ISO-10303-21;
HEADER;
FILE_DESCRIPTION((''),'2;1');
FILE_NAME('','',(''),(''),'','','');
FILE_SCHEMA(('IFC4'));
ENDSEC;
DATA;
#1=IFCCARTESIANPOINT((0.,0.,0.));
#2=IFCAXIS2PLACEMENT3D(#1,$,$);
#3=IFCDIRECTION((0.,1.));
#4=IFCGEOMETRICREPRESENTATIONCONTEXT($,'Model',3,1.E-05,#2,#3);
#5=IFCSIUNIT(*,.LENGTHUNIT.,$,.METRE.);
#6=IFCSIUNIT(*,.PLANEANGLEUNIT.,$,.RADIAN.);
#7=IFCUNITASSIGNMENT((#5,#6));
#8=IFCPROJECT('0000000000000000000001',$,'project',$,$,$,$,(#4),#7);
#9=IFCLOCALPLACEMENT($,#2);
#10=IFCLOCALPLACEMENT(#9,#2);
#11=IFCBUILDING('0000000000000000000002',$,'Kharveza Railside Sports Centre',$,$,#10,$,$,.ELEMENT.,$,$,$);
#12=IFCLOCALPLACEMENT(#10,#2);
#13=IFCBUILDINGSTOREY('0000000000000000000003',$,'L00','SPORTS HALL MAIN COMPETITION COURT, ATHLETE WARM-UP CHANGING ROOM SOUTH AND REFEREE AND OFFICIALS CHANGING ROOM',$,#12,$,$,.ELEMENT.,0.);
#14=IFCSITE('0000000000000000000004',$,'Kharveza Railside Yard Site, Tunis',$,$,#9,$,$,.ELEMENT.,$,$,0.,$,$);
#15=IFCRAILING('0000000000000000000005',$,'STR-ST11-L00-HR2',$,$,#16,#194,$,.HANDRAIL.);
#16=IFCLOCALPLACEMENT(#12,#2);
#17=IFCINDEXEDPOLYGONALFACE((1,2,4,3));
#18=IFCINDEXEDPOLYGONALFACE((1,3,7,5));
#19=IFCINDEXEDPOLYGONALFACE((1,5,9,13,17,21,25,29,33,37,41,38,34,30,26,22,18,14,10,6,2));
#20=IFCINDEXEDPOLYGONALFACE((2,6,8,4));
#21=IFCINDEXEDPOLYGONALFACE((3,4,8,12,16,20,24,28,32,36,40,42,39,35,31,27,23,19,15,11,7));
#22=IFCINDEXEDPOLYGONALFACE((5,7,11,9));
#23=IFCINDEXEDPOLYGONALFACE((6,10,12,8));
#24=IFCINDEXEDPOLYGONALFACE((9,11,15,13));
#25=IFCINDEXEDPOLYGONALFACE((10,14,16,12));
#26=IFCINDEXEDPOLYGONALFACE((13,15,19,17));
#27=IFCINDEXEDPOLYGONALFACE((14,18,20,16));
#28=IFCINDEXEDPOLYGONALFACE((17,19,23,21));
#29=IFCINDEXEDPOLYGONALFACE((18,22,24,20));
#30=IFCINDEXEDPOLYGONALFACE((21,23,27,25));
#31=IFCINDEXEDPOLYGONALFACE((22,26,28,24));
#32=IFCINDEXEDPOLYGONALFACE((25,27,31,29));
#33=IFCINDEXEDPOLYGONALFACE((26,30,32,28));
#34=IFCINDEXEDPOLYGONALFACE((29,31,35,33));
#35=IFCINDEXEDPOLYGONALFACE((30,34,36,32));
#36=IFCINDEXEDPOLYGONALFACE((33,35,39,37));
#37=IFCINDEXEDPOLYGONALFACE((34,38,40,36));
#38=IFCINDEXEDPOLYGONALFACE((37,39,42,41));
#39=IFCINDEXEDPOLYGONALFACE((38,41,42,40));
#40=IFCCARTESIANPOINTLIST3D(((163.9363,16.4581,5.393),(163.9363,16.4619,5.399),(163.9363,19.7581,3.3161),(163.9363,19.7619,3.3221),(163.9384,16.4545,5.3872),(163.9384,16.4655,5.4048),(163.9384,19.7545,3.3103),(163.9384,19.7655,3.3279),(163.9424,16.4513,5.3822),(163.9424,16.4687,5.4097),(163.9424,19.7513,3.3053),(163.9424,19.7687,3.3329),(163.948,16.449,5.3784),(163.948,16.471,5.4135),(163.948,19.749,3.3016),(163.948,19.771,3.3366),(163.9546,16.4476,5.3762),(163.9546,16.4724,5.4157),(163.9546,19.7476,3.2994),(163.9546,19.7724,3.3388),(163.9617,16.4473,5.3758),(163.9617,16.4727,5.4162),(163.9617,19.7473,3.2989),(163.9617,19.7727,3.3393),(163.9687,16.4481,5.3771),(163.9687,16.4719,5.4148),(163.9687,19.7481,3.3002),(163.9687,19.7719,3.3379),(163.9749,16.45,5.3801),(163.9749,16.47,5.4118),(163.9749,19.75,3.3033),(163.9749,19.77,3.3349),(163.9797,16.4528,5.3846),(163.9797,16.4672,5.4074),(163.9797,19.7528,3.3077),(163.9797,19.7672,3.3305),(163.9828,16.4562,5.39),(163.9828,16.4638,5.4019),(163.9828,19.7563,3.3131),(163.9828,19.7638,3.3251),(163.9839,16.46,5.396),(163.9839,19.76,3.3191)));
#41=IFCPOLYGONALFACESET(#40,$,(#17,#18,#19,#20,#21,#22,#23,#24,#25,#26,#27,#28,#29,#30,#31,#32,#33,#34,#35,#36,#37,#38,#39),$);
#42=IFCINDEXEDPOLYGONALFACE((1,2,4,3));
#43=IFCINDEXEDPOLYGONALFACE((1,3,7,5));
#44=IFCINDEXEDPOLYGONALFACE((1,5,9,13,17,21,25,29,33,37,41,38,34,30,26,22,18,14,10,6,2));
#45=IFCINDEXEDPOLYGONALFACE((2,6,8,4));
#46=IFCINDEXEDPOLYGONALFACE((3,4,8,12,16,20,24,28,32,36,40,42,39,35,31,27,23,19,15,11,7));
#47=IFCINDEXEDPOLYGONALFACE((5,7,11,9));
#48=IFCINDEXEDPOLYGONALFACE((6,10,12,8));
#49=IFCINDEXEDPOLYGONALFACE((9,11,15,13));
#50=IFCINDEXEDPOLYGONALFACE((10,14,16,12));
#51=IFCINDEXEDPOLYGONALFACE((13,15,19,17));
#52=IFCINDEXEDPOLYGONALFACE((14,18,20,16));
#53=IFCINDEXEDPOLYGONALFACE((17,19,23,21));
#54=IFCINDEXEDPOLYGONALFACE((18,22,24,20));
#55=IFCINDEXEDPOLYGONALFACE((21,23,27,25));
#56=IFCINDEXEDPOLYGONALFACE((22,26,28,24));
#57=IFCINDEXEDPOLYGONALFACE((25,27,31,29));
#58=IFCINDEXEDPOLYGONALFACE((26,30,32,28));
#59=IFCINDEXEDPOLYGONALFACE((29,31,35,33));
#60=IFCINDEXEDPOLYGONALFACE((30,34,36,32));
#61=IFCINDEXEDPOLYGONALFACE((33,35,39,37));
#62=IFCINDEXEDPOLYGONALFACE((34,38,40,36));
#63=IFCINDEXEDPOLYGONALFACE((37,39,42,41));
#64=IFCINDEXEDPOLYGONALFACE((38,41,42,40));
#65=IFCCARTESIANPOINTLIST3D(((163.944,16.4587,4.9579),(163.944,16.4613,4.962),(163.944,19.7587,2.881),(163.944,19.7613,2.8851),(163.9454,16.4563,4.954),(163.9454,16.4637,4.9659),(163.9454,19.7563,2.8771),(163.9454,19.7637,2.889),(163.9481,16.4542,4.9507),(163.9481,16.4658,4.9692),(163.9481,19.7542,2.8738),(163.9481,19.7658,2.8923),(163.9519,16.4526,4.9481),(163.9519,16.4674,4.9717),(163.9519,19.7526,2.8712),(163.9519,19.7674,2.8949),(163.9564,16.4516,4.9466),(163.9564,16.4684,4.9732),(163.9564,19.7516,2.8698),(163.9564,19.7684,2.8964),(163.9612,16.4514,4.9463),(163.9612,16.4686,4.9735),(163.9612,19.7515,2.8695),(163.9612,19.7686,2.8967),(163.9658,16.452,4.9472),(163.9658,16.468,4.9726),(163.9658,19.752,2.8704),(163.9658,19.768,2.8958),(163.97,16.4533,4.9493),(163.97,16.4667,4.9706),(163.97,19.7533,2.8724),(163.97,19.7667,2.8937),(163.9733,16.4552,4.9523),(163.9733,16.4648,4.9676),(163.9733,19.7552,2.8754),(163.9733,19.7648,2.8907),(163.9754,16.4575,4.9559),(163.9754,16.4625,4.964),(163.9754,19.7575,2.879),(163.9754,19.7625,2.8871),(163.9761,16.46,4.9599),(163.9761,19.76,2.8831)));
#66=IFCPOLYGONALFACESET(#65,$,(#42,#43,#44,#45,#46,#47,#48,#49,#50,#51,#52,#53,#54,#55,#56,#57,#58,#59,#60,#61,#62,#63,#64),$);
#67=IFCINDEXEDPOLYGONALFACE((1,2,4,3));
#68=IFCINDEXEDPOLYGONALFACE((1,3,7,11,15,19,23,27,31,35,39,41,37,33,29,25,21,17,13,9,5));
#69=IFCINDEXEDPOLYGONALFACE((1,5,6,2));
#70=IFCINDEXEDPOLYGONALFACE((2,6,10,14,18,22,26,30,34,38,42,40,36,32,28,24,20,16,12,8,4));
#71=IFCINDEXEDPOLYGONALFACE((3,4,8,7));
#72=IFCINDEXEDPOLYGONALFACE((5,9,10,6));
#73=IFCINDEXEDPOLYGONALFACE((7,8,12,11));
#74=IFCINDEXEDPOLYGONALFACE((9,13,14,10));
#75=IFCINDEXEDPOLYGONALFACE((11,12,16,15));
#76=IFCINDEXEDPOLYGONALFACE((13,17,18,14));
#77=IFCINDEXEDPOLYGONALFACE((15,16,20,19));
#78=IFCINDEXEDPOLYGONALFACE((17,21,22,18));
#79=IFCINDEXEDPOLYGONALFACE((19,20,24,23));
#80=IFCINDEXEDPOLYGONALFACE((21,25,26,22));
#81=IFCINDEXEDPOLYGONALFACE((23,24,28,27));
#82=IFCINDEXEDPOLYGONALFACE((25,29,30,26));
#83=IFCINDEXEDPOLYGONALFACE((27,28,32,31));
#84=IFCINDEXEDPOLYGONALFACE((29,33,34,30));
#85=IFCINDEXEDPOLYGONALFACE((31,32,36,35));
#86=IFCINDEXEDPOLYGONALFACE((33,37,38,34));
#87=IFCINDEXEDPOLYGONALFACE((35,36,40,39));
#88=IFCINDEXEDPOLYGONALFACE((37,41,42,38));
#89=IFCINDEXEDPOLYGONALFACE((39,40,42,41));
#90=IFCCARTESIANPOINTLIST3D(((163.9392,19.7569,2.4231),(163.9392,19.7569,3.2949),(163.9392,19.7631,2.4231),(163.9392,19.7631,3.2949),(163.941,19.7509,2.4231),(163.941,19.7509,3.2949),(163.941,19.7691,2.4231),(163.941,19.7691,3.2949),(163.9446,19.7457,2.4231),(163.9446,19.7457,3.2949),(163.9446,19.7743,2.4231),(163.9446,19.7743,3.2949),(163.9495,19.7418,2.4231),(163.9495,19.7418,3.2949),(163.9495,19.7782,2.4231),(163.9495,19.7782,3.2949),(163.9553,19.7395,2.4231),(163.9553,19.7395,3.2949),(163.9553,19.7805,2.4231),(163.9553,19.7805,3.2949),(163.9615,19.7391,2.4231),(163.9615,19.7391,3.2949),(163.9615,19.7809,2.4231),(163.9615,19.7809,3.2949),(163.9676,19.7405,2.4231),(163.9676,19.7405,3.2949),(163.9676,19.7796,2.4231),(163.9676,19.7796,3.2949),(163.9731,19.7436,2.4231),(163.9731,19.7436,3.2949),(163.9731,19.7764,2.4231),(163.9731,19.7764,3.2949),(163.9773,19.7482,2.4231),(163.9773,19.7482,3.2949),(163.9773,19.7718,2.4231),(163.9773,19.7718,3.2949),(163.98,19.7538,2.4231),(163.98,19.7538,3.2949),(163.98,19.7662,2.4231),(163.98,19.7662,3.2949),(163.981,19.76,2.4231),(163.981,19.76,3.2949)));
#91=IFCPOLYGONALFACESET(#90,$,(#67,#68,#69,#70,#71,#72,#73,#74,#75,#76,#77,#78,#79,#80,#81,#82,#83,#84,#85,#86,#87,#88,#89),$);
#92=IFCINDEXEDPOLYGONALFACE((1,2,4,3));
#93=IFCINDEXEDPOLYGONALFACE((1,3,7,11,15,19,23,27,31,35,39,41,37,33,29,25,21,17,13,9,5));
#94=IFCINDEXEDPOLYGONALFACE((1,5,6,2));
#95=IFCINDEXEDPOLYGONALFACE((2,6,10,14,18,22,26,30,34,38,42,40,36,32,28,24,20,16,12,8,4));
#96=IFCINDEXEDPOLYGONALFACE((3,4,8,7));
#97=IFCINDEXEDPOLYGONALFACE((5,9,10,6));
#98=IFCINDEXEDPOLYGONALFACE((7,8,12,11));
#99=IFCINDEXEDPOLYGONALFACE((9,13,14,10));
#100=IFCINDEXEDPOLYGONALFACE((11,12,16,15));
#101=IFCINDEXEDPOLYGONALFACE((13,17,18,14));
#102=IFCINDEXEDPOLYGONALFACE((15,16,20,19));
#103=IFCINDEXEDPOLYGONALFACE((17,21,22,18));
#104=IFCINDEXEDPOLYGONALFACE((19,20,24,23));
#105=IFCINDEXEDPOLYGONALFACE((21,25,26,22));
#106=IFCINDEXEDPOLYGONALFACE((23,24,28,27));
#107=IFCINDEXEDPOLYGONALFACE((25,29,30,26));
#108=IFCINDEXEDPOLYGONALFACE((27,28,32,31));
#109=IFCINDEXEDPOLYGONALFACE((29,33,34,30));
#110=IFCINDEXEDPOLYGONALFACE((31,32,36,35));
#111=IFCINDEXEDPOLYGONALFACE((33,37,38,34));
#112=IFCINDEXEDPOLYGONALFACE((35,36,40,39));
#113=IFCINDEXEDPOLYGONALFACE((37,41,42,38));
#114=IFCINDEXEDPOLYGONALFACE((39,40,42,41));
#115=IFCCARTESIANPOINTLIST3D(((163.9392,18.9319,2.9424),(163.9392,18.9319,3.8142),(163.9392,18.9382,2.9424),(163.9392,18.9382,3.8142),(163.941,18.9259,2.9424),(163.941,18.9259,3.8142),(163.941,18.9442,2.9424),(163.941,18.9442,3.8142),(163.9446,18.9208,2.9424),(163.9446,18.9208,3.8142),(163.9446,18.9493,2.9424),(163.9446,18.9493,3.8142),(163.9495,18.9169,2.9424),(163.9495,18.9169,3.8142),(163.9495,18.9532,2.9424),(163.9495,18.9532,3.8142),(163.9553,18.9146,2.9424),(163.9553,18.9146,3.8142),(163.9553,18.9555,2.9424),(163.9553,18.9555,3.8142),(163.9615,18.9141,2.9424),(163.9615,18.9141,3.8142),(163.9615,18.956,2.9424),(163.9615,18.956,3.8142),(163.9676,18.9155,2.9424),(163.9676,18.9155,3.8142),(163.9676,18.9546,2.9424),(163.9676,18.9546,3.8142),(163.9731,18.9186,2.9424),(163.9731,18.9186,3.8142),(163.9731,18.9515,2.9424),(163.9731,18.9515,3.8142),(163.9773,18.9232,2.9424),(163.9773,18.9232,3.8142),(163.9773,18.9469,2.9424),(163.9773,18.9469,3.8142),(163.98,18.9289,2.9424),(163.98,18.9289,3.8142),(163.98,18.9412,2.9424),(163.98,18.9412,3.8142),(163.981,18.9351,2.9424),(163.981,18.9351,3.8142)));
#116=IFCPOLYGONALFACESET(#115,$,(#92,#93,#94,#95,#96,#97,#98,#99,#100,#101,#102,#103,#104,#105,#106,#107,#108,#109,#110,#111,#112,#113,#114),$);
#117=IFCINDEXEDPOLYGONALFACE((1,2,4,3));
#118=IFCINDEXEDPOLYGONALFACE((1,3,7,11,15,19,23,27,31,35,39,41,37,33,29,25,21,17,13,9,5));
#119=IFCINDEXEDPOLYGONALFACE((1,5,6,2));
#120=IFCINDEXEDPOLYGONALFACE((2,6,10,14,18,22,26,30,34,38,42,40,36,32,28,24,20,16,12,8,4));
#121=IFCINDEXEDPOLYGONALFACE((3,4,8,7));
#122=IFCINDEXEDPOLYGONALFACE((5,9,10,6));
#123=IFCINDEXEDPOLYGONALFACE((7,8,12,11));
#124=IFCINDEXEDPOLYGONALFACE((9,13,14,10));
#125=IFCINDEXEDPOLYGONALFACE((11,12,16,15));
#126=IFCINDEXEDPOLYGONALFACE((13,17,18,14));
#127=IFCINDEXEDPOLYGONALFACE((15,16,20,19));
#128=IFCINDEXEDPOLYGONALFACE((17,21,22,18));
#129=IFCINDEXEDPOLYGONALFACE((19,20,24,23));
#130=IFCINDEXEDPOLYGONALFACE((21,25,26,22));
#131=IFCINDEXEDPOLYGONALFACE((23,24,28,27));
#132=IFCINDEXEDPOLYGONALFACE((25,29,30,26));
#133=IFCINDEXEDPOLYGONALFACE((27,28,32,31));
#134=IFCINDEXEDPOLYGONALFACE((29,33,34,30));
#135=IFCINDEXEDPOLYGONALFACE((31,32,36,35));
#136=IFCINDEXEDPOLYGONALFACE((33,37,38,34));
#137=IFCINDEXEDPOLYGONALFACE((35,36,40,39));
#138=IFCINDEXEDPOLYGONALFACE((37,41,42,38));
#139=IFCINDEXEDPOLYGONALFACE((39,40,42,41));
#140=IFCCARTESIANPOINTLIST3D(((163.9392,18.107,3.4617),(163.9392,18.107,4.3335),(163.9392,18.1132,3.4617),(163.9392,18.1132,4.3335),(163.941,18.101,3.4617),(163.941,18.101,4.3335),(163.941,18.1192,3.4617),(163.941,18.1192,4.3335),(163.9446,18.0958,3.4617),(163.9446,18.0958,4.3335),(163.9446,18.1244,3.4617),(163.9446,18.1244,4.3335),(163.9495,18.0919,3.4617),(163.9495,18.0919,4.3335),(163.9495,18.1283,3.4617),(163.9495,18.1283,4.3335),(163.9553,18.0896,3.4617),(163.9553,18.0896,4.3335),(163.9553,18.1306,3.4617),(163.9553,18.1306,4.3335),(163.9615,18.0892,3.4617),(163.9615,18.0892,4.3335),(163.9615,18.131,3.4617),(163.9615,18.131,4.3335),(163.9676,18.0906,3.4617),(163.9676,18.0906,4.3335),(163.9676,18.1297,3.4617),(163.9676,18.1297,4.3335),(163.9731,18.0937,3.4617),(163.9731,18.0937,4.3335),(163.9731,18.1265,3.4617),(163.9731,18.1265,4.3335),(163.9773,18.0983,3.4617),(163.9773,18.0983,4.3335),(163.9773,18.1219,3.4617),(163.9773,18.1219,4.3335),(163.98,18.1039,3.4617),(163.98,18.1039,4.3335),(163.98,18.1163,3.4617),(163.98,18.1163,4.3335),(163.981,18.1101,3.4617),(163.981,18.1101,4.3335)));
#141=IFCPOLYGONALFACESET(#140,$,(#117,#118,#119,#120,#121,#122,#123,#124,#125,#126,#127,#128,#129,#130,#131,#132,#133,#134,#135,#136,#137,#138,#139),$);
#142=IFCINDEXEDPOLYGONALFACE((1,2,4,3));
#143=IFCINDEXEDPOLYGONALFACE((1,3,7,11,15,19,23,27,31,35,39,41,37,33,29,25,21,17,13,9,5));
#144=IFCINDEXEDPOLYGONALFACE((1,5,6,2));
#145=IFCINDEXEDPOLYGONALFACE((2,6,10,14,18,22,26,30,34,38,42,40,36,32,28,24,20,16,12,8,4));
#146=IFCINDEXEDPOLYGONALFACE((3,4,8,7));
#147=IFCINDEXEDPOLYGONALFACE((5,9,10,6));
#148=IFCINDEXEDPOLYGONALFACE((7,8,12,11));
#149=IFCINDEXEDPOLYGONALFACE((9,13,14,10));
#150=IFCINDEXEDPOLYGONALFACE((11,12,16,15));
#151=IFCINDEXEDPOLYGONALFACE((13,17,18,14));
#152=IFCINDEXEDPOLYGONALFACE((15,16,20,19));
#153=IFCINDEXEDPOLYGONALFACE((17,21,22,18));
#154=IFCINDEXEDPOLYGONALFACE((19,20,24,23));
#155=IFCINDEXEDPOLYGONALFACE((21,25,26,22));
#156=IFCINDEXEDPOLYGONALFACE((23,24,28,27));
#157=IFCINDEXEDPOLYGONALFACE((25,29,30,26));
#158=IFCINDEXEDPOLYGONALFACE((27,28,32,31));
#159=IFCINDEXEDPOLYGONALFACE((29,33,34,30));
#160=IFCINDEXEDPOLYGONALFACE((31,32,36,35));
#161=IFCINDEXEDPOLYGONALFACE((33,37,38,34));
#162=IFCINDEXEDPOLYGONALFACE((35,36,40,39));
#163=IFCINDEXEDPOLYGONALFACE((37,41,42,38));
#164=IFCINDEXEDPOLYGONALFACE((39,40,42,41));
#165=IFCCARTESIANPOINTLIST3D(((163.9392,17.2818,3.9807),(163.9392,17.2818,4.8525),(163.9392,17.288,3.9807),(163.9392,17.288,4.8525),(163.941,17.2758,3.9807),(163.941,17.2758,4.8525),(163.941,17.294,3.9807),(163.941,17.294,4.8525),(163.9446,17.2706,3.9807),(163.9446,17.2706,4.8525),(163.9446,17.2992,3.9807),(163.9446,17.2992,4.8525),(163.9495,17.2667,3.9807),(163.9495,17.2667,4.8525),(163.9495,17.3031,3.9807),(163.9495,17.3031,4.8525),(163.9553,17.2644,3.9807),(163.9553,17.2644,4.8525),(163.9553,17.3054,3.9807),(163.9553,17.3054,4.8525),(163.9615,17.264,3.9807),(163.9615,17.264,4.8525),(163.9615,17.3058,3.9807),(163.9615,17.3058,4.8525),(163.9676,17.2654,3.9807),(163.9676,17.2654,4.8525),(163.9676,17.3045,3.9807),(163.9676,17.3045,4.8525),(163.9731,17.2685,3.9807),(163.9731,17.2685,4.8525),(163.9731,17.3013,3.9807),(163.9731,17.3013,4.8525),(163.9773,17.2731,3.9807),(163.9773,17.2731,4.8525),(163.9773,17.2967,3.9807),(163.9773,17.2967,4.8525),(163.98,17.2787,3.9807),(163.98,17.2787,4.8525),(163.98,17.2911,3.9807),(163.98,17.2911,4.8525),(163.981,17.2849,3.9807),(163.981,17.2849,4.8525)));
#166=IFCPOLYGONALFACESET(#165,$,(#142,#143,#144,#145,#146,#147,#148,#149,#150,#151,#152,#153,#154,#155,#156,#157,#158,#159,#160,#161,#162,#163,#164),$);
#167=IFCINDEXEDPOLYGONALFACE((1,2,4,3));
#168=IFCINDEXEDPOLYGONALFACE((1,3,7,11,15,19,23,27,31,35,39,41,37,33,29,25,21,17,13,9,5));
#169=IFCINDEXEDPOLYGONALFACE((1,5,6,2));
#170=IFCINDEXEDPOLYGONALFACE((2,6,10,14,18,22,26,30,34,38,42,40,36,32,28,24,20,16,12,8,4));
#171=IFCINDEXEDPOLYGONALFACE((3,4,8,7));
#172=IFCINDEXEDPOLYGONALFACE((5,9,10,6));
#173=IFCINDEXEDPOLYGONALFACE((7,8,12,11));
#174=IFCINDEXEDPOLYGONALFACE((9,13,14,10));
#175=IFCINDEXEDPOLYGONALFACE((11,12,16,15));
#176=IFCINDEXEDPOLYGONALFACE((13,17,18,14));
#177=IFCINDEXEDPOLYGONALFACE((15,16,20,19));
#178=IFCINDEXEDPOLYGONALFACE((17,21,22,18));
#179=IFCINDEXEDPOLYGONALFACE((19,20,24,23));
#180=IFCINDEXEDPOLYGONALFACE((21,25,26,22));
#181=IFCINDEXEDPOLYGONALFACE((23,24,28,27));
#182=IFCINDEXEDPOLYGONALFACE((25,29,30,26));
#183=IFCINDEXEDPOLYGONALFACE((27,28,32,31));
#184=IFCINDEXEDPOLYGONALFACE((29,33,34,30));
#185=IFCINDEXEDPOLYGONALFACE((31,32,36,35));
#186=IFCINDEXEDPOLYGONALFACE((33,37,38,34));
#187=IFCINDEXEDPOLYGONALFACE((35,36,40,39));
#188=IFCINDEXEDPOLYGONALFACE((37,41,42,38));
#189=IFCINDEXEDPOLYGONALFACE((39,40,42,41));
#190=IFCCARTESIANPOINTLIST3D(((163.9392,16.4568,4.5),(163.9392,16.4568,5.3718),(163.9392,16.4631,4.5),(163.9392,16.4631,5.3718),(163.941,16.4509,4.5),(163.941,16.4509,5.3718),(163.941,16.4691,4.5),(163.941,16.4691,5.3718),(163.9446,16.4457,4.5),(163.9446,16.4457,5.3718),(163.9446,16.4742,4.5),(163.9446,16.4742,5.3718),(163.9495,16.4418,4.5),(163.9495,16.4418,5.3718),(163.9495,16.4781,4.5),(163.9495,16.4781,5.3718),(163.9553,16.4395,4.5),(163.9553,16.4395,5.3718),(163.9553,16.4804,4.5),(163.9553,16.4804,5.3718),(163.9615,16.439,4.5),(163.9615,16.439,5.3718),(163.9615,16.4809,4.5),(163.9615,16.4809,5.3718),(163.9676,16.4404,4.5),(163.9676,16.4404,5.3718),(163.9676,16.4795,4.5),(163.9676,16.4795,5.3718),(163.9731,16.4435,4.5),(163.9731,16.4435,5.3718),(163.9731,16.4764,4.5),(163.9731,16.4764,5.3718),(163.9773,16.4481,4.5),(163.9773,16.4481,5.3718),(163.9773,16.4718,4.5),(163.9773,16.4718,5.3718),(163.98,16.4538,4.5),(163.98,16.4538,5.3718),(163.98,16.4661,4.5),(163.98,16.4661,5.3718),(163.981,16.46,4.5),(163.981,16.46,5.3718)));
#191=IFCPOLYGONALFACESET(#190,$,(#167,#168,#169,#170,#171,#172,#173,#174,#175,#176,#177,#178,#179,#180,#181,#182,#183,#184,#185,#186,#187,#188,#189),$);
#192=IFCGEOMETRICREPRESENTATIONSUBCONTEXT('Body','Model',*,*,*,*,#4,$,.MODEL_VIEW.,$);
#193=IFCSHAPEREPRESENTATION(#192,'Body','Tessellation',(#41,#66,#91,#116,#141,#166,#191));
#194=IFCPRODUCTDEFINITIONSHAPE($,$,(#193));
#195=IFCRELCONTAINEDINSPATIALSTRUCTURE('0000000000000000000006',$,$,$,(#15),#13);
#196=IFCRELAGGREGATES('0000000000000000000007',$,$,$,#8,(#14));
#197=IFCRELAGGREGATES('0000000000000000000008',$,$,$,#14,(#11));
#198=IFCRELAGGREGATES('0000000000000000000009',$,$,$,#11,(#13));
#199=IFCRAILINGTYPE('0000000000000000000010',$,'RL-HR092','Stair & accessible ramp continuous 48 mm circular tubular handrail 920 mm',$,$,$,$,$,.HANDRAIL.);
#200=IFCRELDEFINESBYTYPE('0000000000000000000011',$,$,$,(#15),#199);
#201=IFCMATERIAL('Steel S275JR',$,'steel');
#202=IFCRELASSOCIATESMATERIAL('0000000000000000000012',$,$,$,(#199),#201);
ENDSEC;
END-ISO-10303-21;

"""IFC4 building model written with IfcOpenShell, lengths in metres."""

from ifc_helpers import new_model, si_unit, direction, frame, origin, origin_2d, place, context, subcontext, project, spatial, circle, extrude, material, type_object, element, save


model = new_model("IFC4")

# Units and contexts
model_context = context("Model", 3, precision=1e-05, world=origin(), true_north=direction((0.0, 1.0)))
body_context = subcontext(model_context, "Body", "Model", "MODEL_VIEW")
ifc_project = project(units=[si_unit("LENGTHUNIT", "METRE"), si_unit("PLANEANGLEUNIT", "RADIAN")], contexts=[model_context])

# Site, building, storey
site_placement = place(None, origin())
site = spatial("IfcSite", under=ifc_project, at=site_placement, Name="Kharveza Railside Yard Site, Tunis", CompositionType="ELEMENT", RefElevation=0.0)
building_placement = place(site_placement, origin())
building = spatial("IfcBuilding", under=site, at=building_placement, Name="Kharveza Railside Sports Centre", CompositionType="ELEMENT")
storey_placement = place(building_placement, origin())
storey = spatial("IfcBuildingStorey", under=building, at=storey_placement, Name="L00", Description="SPORTS HALL MAIN COMPETITION COURT, ATHLETE WARM-UP CHANGING ROOM SOUTH AND REFEREE AND OFFICIALS CHANGING ROOM", CompositionType="ELEMENT", Elevation=0.0)

# Railing
ifc_material_1 = material(Name="Steel S275JR", Category="steel")
railing_type_1 = type_object("IfcRailingType", Name="RL-HR092", Description="Stair & accessible ramp continuous 48 mm circular tubular handrail 920 mm", PredefinedType="HANDRAIL", material=ifc_material_1)
railing_1_placement = place(storey_placement, frame((163.96, 19.76, 2.4231)))
element("IfcRailing", 1, at=railing_1_placement, inside=storey, type_object=railing_type_1, Name="STR-ST11-L00-HR2", PredefinedType="HANDRAIL", context=body_context, shape_type="SweptSolid", body=[
    extrude(circle(Radius=0.0239, at=origin_2d()), frame((0.0, 0.0, 0.896), z_axis=(0.0, -0.846337, 0.532647), x_axis=(1.0, 0.0, 0.0)), (0.0, 0.0, 1.0), 3.8992),
    extrude(circle(Radius=0.0161, at=origin_2d()), frame((0.0, 0.0, 0.46), z_axis=(0.0, -0.846337, 0.532647), x_axis=(1.0, 0.0, 0.0)), (0.0, 0.0, 1.0), 3.8992),
    extrude(circle(Radius=0.021, at=origin_2d()), origin(), (0.0, 0.0, 1.0), 0.8718),
    extrude(circle(Radius=0.021, at=origin_2d()), frame((0.0, -0.825, 0.5193)), (0.0, 0.0, 1.0), 0.8718),
    extrude(circle(Radius=0.021, at=origin_2d()), frame((0.0, -1.6499, 1.0386)), (0.0, 0.0, 1.0), 0.8718),
    extrude(circle(Radius=0.021, at=origin_2d()), frame((0.0, -2.4751, 1.5576)), (0.0, 0.0, 1.0), 0.8718),
    extrude(circle(Radius=0.021, at=origin_2d()), frame((0.0, -3.3, 2.0769)), (0.0, 0.0, 1.0), 0.8718),
])

save(model, "model.ifc")
